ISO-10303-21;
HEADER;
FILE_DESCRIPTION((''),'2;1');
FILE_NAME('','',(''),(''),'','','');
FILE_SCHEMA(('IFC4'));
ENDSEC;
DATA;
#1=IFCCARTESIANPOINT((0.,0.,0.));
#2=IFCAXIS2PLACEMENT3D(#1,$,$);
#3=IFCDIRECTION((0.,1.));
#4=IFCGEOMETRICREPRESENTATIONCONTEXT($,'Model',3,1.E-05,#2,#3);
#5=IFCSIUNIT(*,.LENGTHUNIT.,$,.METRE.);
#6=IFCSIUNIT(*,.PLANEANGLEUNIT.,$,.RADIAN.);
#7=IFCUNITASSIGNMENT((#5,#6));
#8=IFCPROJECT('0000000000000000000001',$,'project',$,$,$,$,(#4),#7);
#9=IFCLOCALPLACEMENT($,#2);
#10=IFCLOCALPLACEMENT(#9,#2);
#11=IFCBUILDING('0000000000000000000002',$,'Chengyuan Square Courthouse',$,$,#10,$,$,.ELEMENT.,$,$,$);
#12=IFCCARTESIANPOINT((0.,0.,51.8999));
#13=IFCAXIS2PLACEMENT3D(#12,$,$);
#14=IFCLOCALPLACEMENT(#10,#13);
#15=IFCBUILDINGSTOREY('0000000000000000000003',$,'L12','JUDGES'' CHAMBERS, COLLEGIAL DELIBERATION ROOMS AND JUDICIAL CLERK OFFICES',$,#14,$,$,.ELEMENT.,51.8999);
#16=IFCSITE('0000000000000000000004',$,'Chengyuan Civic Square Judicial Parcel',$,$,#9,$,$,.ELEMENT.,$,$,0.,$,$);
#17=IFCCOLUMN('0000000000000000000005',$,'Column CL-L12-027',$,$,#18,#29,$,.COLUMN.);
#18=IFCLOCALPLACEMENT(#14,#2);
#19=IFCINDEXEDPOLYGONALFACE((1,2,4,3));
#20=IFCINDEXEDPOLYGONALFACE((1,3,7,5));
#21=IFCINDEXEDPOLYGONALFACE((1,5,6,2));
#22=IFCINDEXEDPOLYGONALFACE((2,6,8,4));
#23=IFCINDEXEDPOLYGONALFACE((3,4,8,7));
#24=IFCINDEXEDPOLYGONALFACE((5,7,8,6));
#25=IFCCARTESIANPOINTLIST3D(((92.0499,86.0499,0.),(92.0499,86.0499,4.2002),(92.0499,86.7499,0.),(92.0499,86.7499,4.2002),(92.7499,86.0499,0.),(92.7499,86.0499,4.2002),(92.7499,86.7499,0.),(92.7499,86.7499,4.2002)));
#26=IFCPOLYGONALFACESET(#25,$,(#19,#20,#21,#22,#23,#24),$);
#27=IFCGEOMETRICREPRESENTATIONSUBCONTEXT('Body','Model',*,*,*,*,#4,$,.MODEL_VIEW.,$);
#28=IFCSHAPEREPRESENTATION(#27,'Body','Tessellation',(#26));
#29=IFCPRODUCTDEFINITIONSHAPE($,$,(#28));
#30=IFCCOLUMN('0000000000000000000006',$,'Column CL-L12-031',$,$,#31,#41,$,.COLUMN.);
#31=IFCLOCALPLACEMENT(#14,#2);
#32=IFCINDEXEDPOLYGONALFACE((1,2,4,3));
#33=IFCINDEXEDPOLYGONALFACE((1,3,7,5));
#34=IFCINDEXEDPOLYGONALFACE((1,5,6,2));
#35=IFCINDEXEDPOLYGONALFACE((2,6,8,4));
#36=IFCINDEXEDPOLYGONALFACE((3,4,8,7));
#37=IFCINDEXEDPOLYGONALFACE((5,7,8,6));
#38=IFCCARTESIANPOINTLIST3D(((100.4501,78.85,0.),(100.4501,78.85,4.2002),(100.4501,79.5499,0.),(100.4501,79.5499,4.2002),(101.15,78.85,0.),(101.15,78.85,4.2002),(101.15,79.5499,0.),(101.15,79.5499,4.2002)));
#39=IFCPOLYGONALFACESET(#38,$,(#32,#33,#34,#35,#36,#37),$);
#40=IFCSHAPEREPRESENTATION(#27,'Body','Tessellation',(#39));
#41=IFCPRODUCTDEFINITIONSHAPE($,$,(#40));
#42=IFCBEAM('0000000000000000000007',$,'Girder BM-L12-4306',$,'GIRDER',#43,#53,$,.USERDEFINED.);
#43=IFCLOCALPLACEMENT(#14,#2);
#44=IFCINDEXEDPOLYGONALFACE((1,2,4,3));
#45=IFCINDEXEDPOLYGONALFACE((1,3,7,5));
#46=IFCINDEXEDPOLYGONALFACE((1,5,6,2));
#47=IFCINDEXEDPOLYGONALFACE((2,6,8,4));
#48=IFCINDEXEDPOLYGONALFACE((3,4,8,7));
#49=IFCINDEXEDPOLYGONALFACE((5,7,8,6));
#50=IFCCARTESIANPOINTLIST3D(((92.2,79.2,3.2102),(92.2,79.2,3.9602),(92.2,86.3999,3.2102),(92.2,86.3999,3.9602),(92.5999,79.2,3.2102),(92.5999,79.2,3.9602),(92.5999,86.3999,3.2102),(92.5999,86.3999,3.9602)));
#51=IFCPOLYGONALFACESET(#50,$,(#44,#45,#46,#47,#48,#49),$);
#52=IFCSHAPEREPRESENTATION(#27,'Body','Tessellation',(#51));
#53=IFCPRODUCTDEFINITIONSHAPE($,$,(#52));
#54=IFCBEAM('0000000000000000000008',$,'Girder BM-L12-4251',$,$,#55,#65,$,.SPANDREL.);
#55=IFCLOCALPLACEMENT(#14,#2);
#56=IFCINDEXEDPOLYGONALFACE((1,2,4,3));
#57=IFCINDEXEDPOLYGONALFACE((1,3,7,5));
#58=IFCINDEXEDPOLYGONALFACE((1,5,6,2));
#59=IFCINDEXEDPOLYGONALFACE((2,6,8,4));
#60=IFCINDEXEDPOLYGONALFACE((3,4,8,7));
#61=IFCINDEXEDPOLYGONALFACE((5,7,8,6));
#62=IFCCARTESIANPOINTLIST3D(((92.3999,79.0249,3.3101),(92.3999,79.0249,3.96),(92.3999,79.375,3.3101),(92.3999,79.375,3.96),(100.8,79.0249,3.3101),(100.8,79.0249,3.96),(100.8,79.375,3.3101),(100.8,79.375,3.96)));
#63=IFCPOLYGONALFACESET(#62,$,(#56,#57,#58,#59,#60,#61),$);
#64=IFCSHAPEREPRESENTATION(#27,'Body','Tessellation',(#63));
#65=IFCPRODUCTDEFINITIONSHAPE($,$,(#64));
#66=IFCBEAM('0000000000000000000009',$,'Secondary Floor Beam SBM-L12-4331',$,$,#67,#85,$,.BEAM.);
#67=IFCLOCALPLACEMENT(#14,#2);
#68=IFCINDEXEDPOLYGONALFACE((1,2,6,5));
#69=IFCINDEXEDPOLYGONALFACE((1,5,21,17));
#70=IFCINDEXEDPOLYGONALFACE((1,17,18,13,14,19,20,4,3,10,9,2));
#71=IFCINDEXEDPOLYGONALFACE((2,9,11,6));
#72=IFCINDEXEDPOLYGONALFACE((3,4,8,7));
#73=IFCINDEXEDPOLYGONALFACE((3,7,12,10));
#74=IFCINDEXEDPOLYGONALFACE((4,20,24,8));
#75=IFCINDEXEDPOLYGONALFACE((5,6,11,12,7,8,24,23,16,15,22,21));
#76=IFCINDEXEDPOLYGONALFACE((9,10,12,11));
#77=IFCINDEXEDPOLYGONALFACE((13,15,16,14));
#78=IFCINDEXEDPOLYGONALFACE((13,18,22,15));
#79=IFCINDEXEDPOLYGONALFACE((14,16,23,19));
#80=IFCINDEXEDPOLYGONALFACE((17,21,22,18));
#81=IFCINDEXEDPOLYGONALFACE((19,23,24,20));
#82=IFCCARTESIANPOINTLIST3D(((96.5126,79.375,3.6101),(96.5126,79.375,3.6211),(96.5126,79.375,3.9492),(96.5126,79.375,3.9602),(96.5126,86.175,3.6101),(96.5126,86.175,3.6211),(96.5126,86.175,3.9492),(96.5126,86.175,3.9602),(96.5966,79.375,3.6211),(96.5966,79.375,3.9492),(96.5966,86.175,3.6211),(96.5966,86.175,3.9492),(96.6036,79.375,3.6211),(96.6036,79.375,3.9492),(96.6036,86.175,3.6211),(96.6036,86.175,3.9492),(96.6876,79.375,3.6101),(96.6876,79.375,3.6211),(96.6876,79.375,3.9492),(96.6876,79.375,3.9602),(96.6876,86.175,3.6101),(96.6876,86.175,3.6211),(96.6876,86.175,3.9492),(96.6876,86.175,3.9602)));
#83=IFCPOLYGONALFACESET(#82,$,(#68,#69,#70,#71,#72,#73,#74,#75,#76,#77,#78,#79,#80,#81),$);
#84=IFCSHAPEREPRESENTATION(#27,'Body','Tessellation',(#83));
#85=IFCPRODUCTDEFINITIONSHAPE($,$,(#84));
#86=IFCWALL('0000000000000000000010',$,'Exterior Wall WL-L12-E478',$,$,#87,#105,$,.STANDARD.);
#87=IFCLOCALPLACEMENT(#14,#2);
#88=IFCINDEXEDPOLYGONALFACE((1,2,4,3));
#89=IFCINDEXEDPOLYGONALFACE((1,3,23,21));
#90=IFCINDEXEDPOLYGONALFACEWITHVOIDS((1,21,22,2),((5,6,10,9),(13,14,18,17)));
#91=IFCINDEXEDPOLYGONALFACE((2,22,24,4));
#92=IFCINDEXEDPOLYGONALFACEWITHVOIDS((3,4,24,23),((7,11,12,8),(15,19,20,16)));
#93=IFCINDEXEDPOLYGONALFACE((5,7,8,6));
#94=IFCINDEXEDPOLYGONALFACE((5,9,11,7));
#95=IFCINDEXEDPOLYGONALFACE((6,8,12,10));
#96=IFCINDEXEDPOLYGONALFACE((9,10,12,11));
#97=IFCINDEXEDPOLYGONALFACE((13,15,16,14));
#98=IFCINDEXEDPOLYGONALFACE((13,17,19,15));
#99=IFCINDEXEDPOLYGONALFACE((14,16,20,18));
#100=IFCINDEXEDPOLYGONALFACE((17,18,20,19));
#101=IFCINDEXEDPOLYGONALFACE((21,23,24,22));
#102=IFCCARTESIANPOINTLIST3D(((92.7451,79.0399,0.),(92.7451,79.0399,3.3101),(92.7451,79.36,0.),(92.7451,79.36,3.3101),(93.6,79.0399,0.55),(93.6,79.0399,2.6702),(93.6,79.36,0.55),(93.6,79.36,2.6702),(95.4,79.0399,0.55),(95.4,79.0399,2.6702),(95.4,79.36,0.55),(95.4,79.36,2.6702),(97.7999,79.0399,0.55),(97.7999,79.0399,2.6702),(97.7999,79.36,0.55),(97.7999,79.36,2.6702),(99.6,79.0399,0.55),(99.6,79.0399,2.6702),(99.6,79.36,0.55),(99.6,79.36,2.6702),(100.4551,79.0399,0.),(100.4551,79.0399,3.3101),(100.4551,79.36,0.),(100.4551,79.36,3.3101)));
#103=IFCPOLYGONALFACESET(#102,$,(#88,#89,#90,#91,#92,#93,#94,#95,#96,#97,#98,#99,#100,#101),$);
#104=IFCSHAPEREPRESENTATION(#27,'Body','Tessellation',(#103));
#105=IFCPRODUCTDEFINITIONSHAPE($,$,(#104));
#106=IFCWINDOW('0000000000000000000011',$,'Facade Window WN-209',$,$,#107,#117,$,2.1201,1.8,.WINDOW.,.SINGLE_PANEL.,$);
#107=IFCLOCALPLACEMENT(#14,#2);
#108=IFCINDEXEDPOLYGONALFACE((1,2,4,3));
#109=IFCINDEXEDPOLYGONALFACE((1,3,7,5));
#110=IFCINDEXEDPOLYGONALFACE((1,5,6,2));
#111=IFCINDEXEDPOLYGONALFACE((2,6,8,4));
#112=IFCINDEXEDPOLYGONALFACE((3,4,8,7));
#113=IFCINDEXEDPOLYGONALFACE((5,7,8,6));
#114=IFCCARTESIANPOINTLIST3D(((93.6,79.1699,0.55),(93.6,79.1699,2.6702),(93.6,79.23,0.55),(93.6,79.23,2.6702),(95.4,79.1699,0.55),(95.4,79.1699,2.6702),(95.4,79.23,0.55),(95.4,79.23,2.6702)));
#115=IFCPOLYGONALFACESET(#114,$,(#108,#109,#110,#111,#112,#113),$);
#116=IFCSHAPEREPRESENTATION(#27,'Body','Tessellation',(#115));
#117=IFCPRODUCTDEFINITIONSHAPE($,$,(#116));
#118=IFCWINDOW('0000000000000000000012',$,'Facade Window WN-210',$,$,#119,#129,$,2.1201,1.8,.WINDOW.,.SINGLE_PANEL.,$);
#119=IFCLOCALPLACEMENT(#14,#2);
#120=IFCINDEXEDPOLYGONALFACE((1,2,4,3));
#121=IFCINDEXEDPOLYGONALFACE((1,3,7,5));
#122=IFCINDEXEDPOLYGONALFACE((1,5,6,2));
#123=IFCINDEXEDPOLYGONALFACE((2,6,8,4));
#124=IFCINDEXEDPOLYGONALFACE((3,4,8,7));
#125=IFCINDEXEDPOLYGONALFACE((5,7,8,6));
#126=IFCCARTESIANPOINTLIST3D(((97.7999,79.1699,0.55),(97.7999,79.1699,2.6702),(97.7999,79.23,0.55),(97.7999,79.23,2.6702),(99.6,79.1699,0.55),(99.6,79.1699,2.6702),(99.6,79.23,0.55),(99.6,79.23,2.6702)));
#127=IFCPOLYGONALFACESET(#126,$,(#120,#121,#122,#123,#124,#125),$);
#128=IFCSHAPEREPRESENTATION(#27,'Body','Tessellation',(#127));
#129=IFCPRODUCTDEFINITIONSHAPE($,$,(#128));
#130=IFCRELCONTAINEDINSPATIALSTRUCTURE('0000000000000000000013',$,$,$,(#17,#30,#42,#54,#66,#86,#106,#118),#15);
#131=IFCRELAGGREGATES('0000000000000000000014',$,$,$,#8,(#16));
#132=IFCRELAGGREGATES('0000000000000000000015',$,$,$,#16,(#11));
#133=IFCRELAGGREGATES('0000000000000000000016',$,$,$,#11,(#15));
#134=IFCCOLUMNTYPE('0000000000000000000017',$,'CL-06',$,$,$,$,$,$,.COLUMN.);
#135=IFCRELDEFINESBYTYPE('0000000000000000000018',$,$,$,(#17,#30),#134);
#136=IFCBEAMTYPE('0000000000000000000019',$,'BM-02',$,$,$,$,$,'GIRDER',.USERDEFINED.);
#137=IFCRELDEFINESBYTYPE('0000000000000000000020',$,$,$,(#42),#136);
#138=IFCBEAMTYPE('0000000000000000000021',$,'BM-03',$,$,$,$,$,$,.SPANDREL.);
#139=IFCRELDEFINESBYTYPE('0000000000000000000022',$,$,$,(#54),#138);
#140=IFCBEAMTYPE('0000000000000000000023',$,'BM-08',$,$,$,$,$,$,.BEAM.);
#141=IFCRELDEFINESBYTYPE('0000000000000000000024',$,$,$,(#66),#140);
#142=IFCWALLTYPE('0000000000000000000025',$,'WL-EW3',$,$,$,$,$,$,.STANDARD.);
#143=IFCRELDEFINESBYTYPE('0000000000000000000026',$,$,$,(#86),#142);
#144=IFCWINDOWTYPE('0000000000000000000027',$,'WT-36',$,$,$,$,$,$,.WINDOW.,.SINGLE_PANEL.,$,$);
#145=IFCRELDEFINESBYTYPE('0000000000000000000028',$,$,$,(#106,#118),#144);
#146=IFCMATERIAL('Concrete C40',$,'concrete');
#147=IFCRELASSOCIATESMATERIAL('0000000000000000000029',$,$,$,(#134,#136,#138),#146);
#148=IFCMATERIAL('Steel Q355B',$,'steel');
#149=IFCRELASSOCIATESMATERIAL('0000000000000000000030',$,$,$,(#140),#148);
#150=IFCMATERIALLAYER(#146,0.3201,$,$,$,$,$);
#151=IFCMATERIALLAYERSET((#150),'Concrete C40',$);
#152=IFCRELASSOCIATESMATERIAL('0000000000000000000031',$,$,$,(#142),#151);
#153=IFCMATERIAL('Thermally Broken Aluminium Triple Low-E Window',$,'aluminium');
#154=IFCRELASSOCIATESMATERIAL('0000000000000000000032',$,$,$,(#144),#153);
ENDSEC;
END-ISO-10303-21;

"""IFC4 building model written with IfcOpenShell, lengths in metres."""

from ifc_helpers import new_model, si_unit, direction, frame, frame_2d, origin, origin_2d, place, context, subcontext, project, spatial, rectangle, i_section, extrude, material, layer, layer_set, material_profile, profile_set, type_object, element, fill, save


model = new_model("IFC4")

# Units and contexts
model_context = context("Model", 3, precision=1e-05, world=origin(), true_north=direction((0.0, 1.0)))
body_context = subcontext(model_context, "Body", "Model", "MODEL_VIEW")
ifc_project = project(units=[si_unit("LENGTHUNIT", "METRE"), si_unit("PLANEANGLEUNIT", "RADIAN")], contexts=[model_context])

# Site, building, storey
site_placement = place(None, origin())
site = spatial("IfcSite", under=ifc_project, at=site_placement, Name="Chengyuan Civic Square Judicial Parcel", CompositionType="ELEMENT", RefElevation=0.0)
building_placement = place(site_placement, origin())
building = spatial("IfcBuilding", under=site, at=building_placement, Name="Chengyuan Square Courthouse", CompositionType="ELEMENT")
storey_placement = place(building_placement, frame((0.0, 0.0, 51.8999)))
storey = spatial("IfcBuildingStorey", under=building, at=storey_placement, Name="L12", Description="JUDGES' CHAMBERS, COLLEGIAL DELIBERATION ROOMS AND JUDICIAL CLERK OFFICES", CompositionType="ELEMENT", Elevation=51.8999)

# Columns
ifc_material_1 = material(Name="Concrete C40", Category="concrete")
ifc_material_profile_1 = material_profile(ifc_material_1, rectangle(XDim=0.7, YDim=0.7, at=origin_2d()), Name="RC-COL-700x700")
ifc_profile_set_1 = profile_set([ifc_material_profile_1], Name="Concrete C40")
column_type = type_object("IfcColumnType", Name="CL-06", PredefinedType="COLUMN", material=ifc_profile_set_1)
for number, where, z_axis, x_axis, name in (
    (1, (92.3999, 86.3999, 0.0), (0.0, 0.0, 1.0), (1.0, 0.0, 0.0), "Column CL-L12-027"),
    (2, (100.8, 79.2, 0.0), (0.0, 0.0, 1.0), (1.0, 0.0, 0.0), "Column CL-L12-031"),
):
    element("IfcColumn", number, at=place(storey_placement, frame(where, z_axis=z_axis, x_axis=x_axis)), inside=storey, type_object=column_type, Name=name, PredefinedType="COLUMN", context=body_context, shape_type="SweptSolid", body=[
        extrude(rectangle(XDim=0.7, YDim=0.7, at=origin_2d()), origin(), (0.0, 0.0, 1.0), 4.2002),
    ])

# Beams
ifc_material_profile_2 = material_profile(ifc_material_1, rectangle(XDim=0.3999, YDim=0.75, at=origin_2d()), Name="RC-BM-400x750")
ifc_profile_set_2 = profile_set([ifc_material_profile_2], Name="Concrete C40")
beam_type_1 = type_object("IfcBeamType", Name="BM-02", ElementType="GIRDER", PredefinedType="USERDEFINED", material=ifc_profile_set_2)
beam_1_placement = place(storey_placement, frame((92.3999, 79.2, 3.5852), z_axis=(0.0, 1.0, 0.0), x_axis=(-1.0, 0.0, 0.0)))
element("IfcBeam", 3, at=beam_1_placement, inside=storey, type_object=beam_type_1, Name="Girder BM-L12-4306", ObjectType="GIRDER", PredefinedType="USERDEFINED", context=body_context, shape_type="SweptSolid", body=[
    extrude(rectangle(XDim=0.3999, YDim=0.75, at=origin_2d()), origin(), (0.0, 0.0, 1.0), 7.2),
])
ifc_material_profile_3 = material_profile(ifc_material_1, rectangle(XDim=0.3501, YDim=0.6499, at=origin_2d()), Name="RC-BM-350x650")
ifc_profile_set_3 = profile_set([ifc_material_profile_3], Name="Concrete C40")
beam_type_2 = type_object("IfcBeamType", Name="BM-03", PredefinedType="SPANDREL", material=ifc_profile_set_3)
beam_2_placement = place(storey_placement, frame((92.3999, 79.2, 3.635), z_axis=(1.0, 0.0, 0.0), x_axis=(0.0, 1.0, 0.0)))
element("IfcBeam", 4, at=beam_2_placement, inside=storey, type_object=beam_type_2, Name="Girder BM-L12-4251", PredefinedType="SPANDREL", context=body_context, shape_type="SweptSolid", body=[
    extrude(rectangle(XDim=0.3501, YDim=0.6499, at=origin_2d()), origin(), (0.0, 0.0, 1.0), 8.4001),
])
ifc_material_2 = material(Name="Steel Q355B", Category="steel")
ifc_material_profile_4 = material_profile(ifc_material_2, i_section(OverallWidth=0.175, OverallDepth=0.3501, WebThickness=0.0071, FlangeThickness=0.011, at=origin_2d()), Name="HN 350x175x7x11")
ifc_profile_set_4 = profile_set([ifc_material_profile_4], Name="Steel Q355B")
beam_type_3 = type_object("IfcBeamType", Name="BM-08", PredefinedType="BEAM", material=ifc_profile_set_4)
beam_3_placement = place(storey_placement, frame((96.6001, 79.375, 3.7852), z_axis=(0.0, 1.0, 0.0), x_axis=(-1.0, 0.0, 0.0)))
element("IfcBeam", 5, at=beam_3_placement, inside=storey, type_object=beam_type_3, Name="Secondary Floor Beam SBM-L12-4331", PredefinedType="BEAM", context=body_context, shape_type="SweptSolid", body=[
    extrude(i_section(OverallWidth=0.175, OverallDepth=0.3501, WebThickness=0.0071, FlangeThickness=0.011, at=origin_2d()), origin(), (0.0, 0.0, 1.0), 6.8),
])

# Wall, openings, windows
ifc_layer_1 = layer(ifc_material_1, 0.3201)
ifc_layer_set_1 = layer_set([ifc_layer_1], Name="Concrete C40")
wall_type_1 = type_object("IfcWallType", Name="WL-EW3", PredefinedType="STANDARD", material=ifc_layer_set_1)
wall_1_placement = place(storey_placement, frame((92.7451, 79.2, 0.0), z_axis=(0.0, 0.0, 1.0), x_axis=(1.0, 0.0, 0.0)))
wall_1 = element("IfcWall", 6, at=wall_1_placement, inside=storey, type_object=wall_type_1, Name="Exterior Wall WL-L12-E478", PredefinedType="STANDARD", context=body_context, shape_type="SweptSolid", body=[
    extrude(rectangle(XDim=7.71, YDim=0.3201, at=frame_2d((3.855, 0.0))), origin(), (0.0, 0.0, 1.0), 3.3101),
])
opening_1_placement = place(wall_1_placement, frame((0.855, 0.0, 0.55)))
opening_1 = element("IfcOpeningElement", 7, at=opening_1_placement, cuts=wall_1, PredefinedType="OPENING", context=body_context, shape_type="SweptSolid", body=[
    extrude(rectangle(XDim=1.8, YDim=2.1201, at=frame_2d((0.8999, 1.0601))), frame((0.0, 0.1721, 0.0), z_axis=(0.0, -1.0, 0.0), x_axis=(1.0, 0.0, 0.0)), (0.0, 0.0, 1.0), 0.344),
])
opening_2_placement = place(wall_1_placement, frame((5.0549, 0.0, 0.55)))
opening_2 = element("IfcOpeningElement", 8, at=opening_2_placement, cuts=wall_1, PredefinedType="OPENING", context=body_context, shape_type="SweptSolid", body=[
    extrude(rectangle(XDim=1.8, YDim=2.1201, at=frame_2d((0.8999, 1.0601))), frame((0.0, 0.1721, 0.0), z_axis=(0.0, -1.0, 0.0), x_axis=(1.0, 0.0, 0.0)), (0.0, 0.0, 1.0), 0.344),
])
ifc_material_3 = material(Name="Thermally Broken Aluminium Triple Low-E Window", Category="aluminium")
window_type = type_object("IfcWindowType", Name="WT-36", PartitioningType="SINGLE_PANEL", PredefinedType="WINDOW", material=ifc_material_3)
window_1_placement = place(opening_1_placement, origin())
window_1 = element("IfcWindow", 9, at=window_1_placement, inside=storey, type_object=window_type, Name="Facade Window WN-209", OverallHeight=2.1201, OverallWidth=1.8, PartitioningType="SINGLE_PANEL", PredefinedType="WINDOW", context=body_context, shape_type="SweptSolid", body=[
    extrude(rectangle(XDim=1.8, YDim=2.1201, at=frame_2d((0.8999, 1.0601))), frame((0.0, 0.03, 0.0), z_axis=(0.0, -1.0, 0.0), x_axis=(1.0, 0.0, 0.0)), (0.0, 0.0, 1.0), 0.0601),
])
fill(opening_1, window_1)
window_2_placement = place(opening_2_placement, origin())
window_2 = element("IfcWindow", 10, at=window_2_placement, inside=storey, type_object=window_type, Name="Facade Window WN-210", OverallHeight=2.1201, OverallWidth=1.8, PartitioningType="SINGLE_PANEL", PredefinedType="WINDOW", context=body_context, shape_type="SweptSolid", body=[
    extrude(rectangle(XDim=1.8, YDim=2.1201, at=frame_2d((0.8999, 1.0601))), frame((0.0, 0.03, 0.0), z_axis=(0.0, -1.0, 0.0), x_axis=(1.0, 0.0, 0.0)), (0.0, 0.0, 1.0), 0.0601),
])
fill(opening_2, window_2)

save(model, "model.ifc")
